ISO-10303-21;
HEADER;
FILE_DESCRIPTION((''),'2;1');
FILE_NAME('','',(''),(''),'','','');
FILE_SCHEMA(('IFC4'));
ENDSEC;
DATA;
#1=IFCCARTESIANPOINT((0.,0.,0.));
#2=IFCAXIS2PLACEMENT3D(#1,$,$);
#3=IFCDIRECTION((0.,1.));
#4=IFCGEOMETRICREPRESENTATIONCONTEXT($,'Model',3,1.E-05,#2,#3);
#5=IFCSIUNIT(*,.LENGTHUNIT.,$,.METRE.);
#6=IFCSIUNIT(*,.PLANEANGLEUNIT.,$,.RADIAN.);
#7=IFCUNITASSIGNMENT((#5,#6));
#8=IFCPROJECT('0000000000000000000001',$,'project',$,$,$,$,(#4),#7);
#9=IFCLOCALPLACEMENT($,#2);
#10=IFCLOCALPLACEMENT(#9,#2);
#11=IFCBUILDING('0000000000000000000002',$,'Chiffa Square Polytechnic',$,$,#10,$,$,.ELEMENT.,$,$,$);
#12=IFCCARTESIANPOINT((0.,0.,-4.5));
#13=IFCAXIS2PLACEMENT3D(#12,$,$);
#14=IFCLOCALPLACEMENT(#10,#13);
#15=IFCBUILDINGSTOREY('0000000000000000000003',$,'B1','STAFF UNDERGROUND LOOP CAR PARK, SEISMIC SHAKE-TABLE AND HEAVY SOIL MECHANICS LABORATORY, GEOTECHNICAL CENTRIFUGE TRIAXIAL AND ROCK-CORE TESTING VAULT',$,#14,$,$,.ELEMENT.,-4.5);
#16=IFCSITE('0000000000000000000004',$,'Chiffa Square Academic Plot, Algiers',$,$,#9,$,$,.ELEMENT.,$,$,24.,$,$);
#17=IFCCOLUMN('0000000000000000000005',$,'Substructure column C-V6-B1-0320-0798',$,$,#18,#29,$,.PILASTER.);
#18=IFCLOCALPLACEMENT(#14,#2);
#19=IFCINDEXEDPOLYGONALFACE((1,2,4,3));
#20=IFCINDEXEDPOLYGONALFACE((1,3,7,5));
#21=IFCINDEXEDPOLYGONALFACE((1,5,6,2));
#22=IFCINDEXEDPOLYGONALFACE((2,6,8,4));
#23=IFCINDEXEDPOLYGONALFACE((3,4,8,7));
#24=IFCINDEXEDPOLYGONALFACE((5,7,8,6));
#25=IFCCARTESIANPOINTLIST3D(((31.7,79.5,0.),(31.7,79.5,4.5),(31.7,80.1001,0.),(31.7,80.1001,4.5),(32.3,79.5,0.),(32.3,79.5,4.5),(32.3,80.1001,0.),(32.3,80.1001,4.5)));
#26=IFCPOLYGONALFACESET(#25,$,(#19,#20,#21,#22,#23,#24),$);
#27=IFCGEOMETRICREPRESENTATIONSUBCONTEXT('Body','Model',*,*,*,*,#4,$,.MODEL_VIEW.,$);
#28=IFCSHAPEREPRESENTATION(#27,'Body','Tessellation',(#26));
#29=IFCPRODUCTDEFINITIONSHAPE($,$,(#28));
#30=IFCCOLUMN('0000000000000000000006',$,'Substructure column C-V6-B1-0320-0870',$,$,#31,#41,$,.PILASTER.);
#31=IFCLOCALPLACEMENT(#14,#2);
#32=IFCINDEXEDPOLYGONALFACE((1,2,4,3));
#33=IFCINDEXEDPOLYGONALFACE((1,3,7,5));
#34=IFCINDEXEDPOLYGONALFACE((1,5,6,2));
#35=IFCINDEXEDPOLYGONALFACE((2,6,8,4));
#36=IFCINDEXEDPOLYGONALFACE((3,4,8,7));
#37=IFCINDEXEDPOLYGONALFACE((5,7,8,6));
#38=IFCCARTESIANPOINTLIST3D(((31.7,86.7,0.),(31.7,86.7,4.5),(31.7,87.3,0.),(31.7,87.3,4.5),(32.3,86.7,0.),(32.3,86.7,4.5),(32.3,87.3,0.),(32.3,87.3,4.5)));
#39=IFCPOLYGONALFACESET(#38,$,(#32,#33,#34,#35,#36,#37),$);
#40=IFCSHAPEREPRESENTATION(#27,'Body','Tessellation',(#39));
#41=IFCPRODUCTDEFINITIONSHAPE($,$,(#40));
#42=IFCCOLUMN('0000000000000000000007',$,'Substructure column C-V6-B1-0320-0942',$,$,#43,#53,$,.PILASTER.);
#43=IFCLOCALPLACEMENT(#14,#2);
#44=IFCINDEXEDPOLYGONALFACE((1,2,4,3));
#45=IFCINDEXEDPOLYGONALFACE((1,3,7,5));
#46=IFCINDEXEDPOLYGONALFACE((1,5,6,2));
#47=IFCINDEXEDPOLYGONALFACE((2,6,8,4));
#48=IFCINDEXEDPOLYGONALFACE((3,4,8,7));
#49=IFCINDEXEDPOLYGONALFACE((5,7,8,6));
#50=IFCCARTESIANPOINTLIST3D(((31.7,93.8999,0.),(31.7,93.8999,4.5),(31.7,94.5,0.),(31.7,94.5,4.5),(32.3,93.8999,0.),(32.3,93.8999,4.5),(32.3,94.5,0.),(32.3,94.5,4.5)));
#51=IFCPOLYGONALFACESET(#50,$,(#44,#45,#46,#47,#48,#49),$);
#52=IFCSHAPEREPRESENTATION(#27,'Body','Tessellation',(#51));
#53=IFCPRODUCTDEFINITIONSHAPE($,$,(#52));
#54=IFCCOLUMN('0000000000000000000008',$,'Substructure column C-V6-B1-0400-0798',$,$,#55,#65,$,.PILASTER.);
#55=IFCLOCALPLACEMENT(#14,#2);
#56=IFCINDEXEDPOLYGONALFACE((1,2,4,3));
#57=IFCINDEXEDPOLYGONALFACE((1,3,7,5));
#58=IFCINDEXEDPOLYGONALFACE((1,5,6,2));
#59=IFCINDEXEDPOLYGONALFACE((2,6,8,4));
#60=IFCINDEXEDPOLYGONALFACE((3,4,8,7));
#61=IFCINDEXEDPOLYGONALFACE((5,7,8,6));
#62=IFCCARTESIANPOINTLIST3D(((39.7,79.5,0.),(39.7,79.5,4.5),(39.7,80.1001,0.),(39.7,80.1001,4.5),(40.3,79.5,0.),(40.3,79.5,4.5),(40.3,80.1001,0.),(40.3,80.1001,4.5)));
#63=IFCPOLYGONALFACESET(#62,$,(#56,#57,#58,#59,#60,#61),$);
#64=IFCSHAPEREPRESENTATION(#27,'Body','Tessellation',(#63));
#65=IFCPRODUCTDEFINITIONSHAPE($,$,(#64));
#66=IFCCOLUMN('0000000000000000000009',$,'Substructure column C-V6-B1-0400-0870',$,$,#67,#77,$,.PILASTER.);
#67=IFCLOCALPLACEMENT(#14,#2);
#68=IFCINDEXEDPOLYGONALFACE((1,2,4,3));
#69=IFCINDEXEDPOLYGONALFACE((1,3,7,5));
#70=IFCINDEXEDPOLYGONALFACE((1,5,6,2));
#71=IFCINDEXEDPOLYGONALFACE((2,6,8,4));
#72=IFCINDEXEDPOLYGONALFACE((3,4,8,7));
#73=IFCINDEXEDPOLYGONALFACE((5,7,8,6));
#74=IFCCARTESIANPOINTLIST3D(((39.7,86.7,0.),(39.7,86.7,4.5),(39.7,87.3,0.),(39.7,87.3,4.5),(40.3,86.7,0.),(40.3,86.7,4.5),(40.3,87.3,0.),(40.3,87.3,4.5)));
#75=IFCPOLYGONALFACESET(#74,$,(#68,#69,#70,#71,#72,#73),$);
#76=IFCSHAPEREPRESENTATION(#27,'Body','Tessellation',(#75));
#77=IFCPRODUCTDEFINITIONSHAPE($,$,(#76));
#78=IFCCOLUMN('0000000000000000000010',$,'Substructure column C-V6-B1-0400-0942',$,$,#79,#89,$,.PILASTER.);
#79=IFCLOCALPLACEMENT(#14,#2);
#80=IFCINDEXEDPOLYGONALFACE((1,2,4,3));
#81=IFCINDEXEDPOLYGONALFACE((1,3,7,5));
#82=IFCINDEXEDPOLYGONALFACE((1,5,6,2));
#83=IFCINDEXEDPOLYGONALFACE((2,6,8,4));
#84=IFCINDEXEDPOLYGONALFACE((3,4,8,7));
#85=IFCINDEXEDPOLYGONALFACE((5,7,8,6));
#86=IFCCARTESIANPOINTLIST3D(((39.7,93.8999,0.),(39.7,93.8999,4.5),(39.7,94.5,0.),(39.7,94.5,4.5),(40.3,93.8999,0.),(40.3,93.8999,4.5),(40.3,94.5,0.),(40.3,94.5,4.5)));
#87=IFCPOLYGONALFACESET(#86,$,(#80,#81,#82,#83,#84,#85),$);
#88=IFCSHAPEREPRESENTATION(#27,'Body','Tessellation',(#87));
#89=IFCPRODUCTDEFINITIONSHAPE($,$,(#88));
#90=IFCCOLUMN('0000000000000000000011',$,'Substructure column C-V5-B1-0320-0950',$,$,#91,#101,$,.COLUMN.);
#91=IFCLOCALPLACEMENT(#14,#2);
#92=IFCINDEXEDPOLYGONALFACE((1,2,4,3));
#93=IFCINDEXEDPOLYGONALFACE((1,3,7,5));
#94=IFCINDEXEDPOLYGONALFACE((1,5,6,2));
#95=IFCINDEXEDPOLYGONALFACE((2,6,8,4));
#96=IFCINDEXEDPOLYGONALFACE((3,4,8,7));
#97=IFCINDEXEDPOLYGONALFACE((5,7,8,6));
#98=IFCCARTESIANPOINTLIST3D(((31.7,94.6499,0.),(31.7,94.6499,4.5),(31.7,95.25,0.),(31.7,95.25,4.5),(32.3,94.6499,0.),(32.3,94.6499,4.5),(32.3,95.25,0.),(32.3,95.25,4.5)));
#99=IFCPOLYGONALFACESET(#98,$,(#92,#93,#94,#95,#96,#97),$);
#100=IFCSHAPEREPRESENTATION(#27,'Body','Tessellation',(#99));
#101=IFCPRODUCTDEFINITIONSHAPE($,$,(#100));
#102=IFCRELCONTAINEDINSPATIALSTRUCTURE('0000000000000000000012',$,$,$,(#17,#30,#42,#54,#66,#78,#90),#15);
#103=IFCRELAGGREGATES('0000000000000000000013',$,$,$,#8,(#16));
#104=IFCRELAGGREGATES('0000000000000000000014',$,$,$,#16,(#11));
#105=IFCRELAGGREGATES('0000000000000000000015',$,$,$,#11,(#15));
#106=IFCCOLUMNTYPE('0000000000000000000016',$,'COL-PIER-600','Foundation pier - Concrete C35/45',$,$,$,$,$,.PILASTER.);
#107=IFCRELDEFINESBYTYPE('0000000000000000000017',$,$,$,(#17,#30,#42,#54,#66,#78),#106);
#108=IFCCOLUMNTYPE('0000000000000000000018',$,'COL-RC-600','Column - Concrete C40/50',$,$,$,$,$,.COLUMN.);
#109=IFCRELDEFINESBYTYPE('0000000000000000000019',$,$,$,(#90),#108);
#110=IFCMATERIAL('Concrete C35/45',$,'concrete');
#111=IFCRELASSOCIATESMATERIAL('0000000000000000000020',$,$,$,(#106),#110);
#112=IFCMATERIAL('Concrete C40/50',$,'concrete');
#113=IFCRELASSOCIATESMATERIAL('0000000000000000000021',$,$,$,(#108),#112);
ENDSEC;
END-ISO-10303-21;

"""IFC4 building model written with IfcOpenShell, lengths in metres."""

from ifc_helpers import new_model, si_unit, direction, frame, origin, origin_2d, place, context, subcontext, project, spatial, rectangle, extrude, material, material_profile, profile_set, type_object, element, save


model = new_model("IFC4")

# Units and contexts
model_context = context("Model", 3, precision=1e-05, world=origin(), true_north=direction((0.0, 1.0)))
body_context = subcontext(model_context, "Body", "Model", "MODEL_VIEW")
ifc_project = project(units=[si_unit("LENGTHUNIT", "METRE"), si_unit("PLANEANGLEUNIT", "RADIAN")], contexts=[model_context])

# Site, building, storey
site_placement = place(None, origin())
site = spatial("IfcSite", under=ifc_project, at=site_placement, Name="Chiffa Square Academic Plot, Algiers", CompositionType="ELEMENT", RefElevation=24.0)
building_placement = place(site_placement, origin())
building = spatial("IfcBuilding", under=site, at=building_placement, Name="Chiffa Square Polytechnic", CompositionType="ELEMENT")
storey_placement = place(building_placement, frame((0.0, 0.0, -4.5)))
storey = spatial("IfcBuildingStorey", under=building, at=storey_placement, Name="B1", Description="STAFF UNDERGROUND LOOP CAR PARK, SEISMIC SHAKE-TABLE AND HEAVY SOIL MECHANICS LABORATORY, GEOTECHNICAL CENTRIFUGE TRIAXIAL AND ROCK-CORE TESTING VAULT", CompositionType="ELEMENT", Elevation=-4.5)

# Shared definitions
ifc_material_1 = material(Name="Concrete C35/45", Category="concrete")

# Columns
ifc_material_profile_1 = material_profile(ifc_material_1, rectangle(XDim=0.6001, YDim=0.6001, at=origin_2d()), Name="RC 600x600")
ifc_profile_set_1 = profile_set([ifc_material_profile_1], Name="Concrete C35/45")
column_type_1 = type_object("IfcColumnType", Name="COL-PIER-600", Description="Foundation pier - Concrete C35/45", PredefinedType="PILASTER", material=ifc_profile_set_1)
for number, where, z_axis, x_axis, name in (
    (1, (32.0, 79.8, 0.0), (0.0, 0.0, 1.0), (1.0, 0.0, 0.0), "Substructure column C-V6-B1-0320-0798"),
    (2, (32.0, 87.0, 0.0), (0.0, 0.0, 1.0), (1.0, 0.0, 0.0), "Substructure column C-V6-B1-0320-0870"),
    (3, (32.0, 94.2, 0.0), (0.0, 0.0, 1.0), (1.0, 0.0, 0.0), "Substructure column C-V6-B1-0320-0942"),
    (4, (40.0, 79.8, 0.0), (0.0, 0.0, 1.0), (1.0, 0.0, 0.0), "Substructure column C-V6-B1-0400-0798"),
    (5, (40.0, 87.0, 0.0), (0.0, 0.0, 1.0), (1.0, 0.0, 0.0), "Substructure column C-V6-B1-0400-0870"),
    (6, (40.0, 94.2, 0.0), (0.0, 0.0, 1.0), (1.0, 0.0, 0.0), "Substructure column C-V6-B1-0400-0942"),
):
    element("IfcColumn", number, at=place(storey_placement, frame(where, z_axis=z_axis, x_axis=x_axis)), inside=storey, type_object=column_type_1, Name=name, PredefinedType="PILASTER", context=body_context, shape_type="SweptSolid", body=[
        extrude(rectangle(XDim=0.6001, YDim=0.6001, at=origin_2d()), origin(), (0.0, 0.0, 1.0), 4.5),
    ])
ifc_material_2 = material(Name="Concrete C40/50", Category="concrete")
ifc_material_profile_2 = material_profile(ifc_material_2, rectangle(XDim=0.6001, YDim=0.6001, at=origin_2d()), Name="RC 600x600")
ifc_profile_set_2 = profile_set([ifc_material_profile_2], Name="Concrete C40/50")
column_type_2 = type_object("IfcColumnType", Name="COL-RC-600", Description="Column - Concrete C40/50", PredefinedType="COLUMN", material=ifc_profile_set_2)
column_placement = place(storey_placement, frame((32.0, 94.95, 0.0), z_axis=(0.0, 0.0, 1.0), x_axis=(1.0, 0.0, 0.0)))
element("IfcColumn", 7, at=column_placement, inside=storey, type_object=column_type_2, Name="Substructure column C-V5-B1-0320-0950", PredefinedType="COLUMN", context=body_context, shape_type="SweptSolid", body=[
    extrude(rectangle(XDim=0.6001, YDim=0.6001, at=origin_2d()), origin(), (0.0, 0.0, 1.0), 4.5),
])

save(model, "model.ifc")
